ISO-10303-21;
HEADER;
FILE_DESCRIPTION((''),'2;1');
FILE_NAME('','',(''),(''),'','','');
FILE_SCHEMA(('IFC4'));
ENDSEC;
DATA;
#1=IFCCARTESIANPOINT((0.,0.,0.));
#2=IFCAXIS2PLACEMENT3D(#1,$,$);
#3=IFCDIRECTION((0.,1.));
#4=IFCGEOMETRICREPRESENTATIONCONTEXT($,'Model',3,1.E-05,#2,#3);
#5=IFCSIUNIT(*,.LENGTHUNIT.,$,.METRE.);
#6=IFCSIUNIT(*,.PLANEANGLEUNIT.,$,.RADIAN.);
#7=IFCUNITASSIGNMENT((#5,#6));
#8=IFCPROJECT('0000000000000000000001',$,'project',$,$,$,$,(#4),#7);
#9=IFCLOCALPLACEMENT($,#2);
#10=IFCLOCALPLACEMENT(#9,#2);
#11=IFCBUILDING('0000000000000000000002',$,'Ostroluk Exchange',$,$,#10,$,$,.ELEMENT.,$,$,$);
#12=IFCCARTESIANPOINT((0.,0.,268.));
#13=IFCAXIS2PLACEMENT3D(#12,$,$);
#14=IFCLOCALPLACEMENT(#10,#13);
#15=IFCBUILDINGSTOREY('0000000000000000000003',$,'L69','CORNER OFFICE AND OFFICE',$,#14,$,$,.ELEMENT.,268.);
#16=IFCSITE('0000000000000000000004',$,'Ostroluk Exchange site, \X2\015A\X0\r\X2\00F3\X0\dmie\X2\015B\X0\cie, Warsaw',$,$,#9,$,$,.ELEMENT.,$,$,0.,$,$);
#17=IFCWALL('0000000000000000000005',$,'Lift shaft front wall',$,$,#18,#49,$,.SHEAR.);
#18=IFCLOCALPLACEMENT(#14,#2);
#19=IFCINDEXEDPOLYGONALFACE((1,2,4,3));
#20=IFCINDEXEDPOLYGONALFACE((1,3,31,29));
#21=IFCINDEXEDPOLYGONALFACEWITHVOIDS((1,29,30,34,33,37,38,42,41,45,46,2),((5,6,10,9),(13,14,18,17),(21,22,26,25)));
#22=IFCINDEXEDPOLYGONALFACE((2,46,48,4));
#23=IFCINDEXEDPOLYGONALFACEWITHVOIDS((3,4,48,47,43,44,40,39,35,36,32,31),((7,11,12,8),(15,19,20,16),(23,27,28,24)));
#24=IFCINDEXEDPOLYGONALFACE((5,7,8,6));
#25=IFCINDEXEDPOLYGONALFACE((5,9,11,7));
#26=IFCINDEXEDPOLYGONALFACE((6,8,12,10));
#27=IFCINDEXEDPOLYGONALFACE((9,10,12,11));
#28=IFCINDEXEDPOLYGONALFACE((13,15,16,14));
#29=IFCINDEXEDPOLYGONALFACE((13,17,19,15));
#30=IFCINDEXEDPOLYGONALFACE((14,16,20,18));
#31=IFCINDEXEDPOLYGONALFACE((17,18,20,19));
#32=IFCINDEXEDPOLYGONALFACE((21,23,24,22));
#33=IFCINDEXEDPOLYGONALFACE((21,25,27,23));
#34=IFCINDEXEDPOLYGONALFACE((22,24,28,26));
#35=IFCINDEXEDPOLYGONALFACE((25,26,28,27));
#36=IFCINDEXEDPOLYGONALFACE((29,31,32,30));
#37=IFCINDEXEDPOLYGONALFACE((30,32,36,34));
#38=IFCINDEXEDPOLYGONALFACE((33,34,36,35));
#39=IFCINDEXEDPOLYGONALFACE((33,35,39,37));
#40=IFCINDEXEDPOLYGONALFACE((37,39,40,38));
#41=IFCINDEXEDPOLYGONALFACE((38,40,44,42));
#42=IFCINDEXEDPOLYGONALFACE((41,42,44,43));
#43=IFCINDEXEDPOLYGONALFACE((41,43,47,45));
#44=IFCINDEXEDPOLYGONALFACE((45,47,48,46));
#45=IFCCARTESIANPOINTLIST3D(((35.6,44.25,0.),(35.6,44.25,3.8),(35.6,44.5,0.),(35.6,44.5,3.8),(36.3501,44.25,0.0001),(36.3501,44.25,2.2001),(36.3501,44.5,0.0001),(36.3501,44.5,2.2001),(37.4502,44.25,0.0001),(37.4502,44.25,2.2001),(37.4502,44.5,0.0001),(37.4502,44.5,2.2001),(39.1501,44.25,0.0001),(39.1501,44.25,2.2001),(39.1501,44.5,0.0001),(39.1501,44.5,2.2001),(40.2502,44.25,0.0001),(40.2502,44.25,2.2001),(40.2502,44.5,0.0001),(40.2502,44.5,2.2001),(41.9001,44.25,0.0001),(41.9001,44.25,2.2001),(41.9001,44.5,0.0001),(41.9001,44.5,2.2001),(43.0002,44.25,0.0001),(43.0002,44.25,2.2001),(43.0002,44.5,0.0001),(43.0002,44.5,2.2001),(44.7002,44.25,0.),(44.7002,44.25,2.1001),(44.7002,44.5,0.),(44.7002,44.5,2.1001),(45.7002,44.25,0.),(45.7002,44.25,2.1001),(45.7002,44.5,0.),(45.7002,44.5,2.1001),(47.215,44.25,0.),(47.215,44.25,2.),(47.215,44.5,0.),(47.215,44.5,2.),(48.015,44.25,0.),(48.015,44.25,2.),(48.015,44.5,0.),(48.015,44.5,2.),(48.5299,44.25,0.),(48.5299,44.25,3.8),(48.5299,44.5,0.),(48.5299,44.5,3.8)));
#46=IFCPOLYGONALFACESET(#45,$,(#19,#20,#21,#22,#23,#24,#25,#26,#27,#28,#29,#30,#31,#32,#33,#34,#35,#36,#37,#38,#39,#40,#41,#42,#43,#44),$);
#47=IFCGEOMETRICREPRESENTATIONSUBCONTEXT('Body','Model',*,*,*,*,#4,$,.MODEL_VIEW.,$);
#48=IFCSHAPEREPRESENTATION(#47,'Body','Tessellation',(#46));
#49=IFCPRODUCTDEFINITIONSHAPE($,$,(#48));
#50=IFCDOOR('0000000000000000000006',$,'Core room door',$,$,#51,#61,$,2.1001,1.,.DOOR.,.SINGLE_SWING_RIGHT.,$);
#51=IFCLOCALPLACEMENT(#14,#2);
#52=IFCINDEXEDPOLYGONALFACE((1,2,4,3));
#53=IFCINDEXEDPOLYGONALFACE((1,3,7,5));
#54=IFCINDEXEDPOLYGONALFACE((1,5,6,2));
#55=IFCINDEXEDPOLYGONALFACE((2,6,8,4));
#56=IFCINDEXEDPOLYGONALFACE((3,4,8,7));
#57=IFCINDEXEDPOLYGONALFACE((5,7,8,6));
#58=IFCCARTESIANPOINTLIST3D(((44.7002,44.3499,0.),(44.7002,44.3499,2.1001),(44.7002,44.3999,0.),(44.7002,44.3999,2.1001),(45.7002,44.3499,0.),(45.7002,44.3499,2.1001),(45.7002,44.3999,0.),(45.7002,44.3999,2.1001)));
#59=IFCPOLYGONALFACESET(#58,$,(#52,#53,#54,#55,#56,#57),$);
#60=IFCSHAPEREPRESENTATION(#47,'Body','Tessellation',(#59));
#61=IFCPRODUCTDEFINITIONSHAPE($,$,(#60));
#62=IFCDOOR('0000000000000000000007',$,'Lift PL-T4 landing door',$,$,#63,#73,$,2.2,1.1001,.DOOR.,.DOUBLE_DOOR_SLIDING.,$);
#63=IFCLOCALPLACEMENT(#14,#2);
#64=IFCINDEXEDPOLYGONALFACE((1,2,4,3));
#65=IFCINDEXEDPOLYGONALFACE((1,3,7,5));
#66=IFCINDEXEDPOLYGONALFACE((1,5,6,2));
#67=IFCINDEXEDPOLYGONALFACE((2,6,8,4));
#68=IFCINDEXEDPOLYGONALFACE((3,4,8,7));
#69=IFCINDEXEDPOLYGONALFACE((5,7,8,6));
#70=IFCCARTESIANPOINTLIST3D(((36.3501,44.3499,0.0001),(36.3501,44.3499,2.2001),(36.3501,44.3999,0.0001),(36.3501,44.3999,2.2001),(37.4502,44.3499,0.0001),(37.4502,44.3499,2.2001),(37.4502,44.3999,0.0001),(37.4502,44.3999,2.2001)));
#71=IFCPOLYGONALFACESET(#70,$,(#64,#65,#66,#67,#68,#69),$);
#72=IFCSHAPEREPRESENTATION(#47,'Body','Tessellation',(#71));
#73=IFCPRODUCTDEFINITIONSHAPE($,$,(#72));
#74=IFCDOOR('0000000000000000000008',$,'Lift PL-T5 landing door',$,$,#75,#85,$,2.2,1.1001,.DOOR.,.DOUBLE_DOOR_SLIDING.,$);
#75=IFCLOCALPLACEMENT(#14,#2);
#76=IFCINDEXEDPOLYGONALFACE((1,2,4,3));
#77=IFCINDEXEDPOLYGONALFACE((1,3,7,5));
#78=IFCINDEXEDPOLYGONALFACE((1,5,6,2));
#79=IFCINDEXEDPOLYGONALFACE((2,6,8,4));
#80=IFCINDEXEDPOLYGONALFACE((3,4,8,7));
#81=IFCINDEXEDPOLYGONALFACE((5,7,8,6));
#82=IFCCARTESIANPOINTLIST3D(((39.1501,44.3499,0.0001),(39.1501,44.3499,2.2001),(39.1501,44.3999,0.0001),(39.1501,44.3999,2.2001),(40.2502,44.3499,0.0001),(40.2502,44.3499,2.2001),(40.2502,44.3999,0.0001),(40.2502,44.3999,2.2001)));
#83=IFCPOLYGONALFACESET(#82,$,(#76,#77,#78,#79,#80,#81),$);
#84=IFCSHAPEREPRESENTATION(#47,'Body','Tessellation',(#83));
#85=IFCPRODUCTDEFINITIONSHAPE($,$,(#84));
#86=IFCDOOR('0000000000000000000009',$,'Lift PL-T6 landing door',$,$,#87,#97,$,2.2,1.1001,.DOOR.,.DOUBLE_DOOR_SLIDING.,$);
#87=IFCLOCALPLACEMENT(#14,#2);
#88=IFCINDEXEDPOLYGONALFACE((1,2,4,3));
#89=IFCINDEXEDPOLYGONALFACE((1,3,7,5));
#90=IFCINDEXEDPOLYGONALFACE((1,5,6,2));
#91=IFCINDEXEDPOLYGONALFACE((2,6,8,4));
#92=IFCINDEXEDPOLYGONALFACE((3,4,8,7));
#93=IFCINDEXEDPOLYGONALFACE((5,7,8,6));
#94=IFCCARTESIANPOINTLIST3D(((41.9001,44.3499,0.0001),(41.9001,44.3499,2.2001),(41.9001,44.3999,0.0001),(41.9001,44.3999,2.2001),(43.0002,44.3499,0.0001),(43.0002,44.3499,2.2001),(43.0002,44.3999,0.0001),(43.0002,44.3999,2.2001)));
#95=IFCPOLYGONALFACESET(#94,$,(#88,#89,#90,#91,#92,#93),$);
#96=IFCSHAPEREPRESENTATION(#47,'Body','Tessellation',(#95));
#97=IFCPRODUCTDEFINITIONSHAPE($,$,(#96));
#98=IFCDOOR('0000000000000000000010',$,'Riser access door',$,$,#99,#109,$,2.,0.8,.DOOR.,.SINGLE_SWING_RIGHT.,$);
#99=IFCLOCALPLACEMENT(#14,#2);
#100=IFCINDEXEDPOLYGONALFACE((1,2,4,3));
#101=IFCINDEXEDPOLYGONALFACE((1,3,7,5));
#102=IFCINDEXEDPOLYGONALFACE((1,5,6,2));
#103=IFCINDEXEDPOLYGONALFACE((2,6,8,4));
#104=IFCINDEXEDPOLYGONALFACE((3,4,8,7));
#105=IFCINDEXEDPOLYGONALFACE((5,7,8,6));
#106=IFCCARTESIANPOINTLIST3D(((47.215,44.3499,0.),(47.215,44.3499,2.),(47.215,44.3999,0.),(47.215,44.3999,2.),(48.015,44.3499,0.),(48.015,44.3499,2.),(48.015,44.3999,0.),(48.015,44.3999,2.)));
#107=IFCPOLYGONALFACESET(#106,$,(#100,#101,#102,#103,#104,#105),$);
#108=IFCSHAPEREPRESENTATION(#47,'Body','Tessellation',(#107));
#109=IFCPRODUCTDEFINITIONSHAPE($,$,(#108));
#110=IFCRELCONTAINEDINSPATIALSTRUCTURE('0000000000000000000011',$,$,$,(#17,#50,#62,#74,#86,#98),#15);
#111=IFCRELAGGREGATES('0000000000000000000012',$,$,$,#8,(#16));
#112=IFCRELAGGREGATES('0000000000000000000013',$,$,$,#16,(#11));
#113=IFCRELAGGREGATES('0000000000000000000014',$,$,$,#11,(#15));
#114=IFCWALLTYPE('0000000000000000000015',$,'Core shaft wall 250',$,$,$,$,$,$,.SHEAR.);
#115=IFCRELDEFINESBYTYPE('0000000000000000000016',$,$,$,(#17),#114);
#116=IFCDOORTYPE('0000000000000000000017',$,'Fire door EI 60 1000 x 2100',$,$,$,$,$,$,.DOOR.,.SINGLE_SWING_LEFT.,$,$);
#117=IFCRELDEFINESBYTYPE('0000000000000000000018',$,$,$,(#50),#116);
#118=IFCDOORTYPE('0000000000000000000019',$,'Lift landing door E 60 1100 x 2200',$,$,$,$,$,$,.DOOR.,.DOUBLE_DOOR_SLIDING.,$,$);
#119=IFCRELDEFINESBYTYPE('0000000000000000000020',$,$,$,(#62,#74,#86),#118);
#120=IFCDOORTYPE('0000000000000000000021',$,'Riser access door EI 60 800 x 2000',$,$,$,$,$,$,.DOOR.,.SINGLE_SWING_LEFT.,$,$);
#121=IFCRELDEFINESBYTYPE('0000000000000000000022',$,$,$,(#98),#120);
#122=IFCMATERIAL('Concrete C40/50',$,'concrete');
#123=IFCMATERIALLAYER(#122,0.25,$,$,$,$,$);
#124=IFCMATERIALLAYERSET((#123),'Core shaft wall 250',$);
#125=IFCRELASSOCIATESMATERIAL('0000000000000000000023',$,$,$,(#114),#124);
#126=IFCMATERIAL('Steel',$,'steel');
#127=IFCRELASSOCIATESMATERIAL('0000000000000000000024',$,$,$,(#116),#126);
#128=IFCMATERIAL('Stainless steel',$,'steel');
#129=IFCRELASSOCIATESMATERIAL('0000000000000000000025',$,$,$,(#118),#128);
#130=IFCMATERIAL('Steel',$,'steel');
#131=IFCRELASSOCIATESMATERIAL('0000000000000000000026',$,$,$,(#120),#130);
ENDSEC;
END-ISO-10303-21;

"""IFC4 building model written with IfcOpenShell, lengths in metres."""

from ifc_helpers import new_model, si_unit, direction, frame, frame_2d, origin, place, context, subcontext, project, spatial, rectangle, extrude, material, layer, layer_set, type_object, element, fill, save


model = new_model("IFC4")

# Units and contexts
model_context = context("Model", 3, precision=1e-05, world=origin(), true_north=direction((0.0, 1.0)))
body_context = subcontext(model_context, "Body", "Model", "MODEL_VIEW")
ifc_project = project(units=[si_unit("LENGTHUNIT", "METRE"), si_unit("PLANEANGLEUNIT", "RADIAN")], contexts=[model_context])

# Site, building, storey
site_placement = place(None, origin())
site = spatial("IfcSite", under=ifc_project, at=site_placement, Name="Ostroluk Exchange site, Śródmieście, Warsaw", CompositionType="ELEMENT", RefElevation=0.0)
building_placement = place(site_placement, origin())
building = spatial("IfcBuilding", under=site, at=building_placement, Name="Ostroluk Exchange", CompositionType="ELEMENT")
storey_placement = place(building_placement, frame((0.0, 0.0, 268.0)))
storey = spatial("IfcBuildingStorey", under=building, at=storey_placement, Name="L69", Description="CORNER OFFICE AND OFFICE", CompositionType="ELEMENT", Elevation=268.0)

# Shared definitions
ifc_material_1 = material(Name="Concrete C40/50", Category="concrete")
ifc_layer = layer(ifc_material_1, 0.25)
ifc_layer_set = layer_set([ifc_layer], Name="Core shaft wall 250")
wall_type = type_object("IfcWallType", Name="Core shaft wall 250", PredefinedType="SHEAR", material=ifc_layer_set)

# Wall, openings, doors
ifc_material_2 = material(Name="Steel", Category="steel")
door_type_1 = type_object("IfcDoorType", Name="Fire door EI 60 1000 x 2100", OperationType="SINGLE_SWING_LEFT", PredefinedType="DOOR", material=ifc_material_2)
ifc_material_3 = material(Name="Stainless steel", Category="steel")
door_type_2 = type_object("IfcDoorType", Name="Lift landing door E 60 1100 x 2200", OperationType="DOUBLE_DOOR_SLIDING", PredefinedType="DOOR", material=ifc_material_3)
ifc_material_4 = material(Name="Steel", Category="steel")
door_type_3 = type_object("IfcDoorType", Name="Riser access door EI 60 800 x 2000", OperationType="SINGLE_SWING_LEFT", PredefinedType="DOOR", material=ifc_material_4)
wall_1_placement = place(storey_placement, frame((35.6001, 44.375, 0.0), z_axis=(0.0, 0.0, 1.0), x_axis=(1.0, 0.0, 0.0)))
wall_1 = element("IfcWall", 1, at=wall_1_placement, inside=storey, type_object=wall_type, Name="Lift shaft front wall", PredefinedType="SHEAR", context=body_context, shape_type="SweptSolid", body=[
    extrude(rectangle(XDim=12.9299, YDim=0.25, at=frame_2d((6.4648, 0.0))), origin(), (0.0, 0.0, 1.0), 3.8),
])
opening_1_placement = place(wall_1_placement, frame((0.75, 0.0, 0.0)))
opening_1 = element("IfcOpeningElement", 2, at=opening_1_placement, cuts=wall_1, PredefinedType="OPENING", context=body_context, shape_type="SweptSolid", body=[
    extrude(rectangle(XDim=1.1001, YDim=2.2, at=frame_2d((0.55, 1.1001))), frame((0.0, 0.135, 0.0), z_axis=(0.0, -1.0, 0.0), x_axis=(1.0, 0.0, 0.0)), (0.0, 0.0, 1.0), 0.27),
])
opening_2_placement = place(wall_1_placement, frame((3.55, 0.0, 0.0)))
opening_2 = element("IfcOpeningElement", 3, at=opening_2_placement, cuts=wall_1, PredefinedType="OPENING", context=body_context, shape_type="SweptSolid", body=[
    extrude(rectangle(XDim=1.1001, YDim=2.2, at=frame_2d((0.55, 1.1001))), frame((0.0, 0.135, 0.0), z_axis=(0.0, -1.0, 0.0), x_axis=(1.0, 0.0, 0.0)), (0.0, 0.0, 1.0), 0.27),
])
opening_3_placement = place(wall_1_placement, frame((6.3, 0.0, 0.0)))
opening_3 = element("IfcOpeningElement", 4, at=opening_3_placement, cuts=wall_1, PredefinedType="OPENING", context=body_context, shape_type="SweptSolid", body=[
    extrude(rectangle(XDim=1.1001, YDim=2.2, at=frame_2d((0.55, 1.1001))), frame((0.0, 0.135, 0.0), z_axis=(0.0, -1.0, 0.0), x_axis=(1.0, 0.0, 0.0)), (0.0, 0.0, 1.0), 0.27),
])
opening_4_placement = place(wall_1_placement, frame((9.1001, 0.0, 0.0)))
opening_4 = element("IfcOpeningElement", 5, at=opening_4_placement, cuts=wall_1, PredefinedType="OPENING", context=body_context, shape_type="SweptSolid", body=[
    extrude(rectangle(XDim=1.0, YDim=2.1001, at=frame_2d((0.5, 1.05))), frame((0.0, 0.135, 0.0), z_axis=(0.0, -1.0, 0.0), x_axis=(1.0, 0.0, 0.0)), (0.0, 0.0, 1.0), 0.27),
])
opening_5_placement = place(wall_1_placement, frame((11.615, 0.0, 0.0)))
opening_5 = element("IfcOpeningElement", 6, at=opening_5_placement, cuts=wall_1, PredefinedType="OPENING", context=body_context, shape_type="SweptSolid", body=[
    extrude(rectangle(XDim=0.8, YDim=2.0, at=frame_2d((0.3999, 1.0))), frame((0.0, 0.135, 0.0), z_axis=(0.0, -1.0, 0.0), x_axis=(1.0, 0.0, 0.0)), (0.0, 0.0, 1.0), 0.27),
])
door_1_placement = place(opening_4_placement, origin())
door_1 = element("IfcDoor", 7, at=door_1_placement, inside=storey, type_object=door_type_1, Name="Core room door", OperationType="SINGLE_SWING_RIGHT", OverallHeight=2.1001, OverallWidth=1.0, PredefinedType="DOOR", context=body_context, shape_type="SweptSolid", body=[
    extrude(rectangle(XDim=1.0, YDim=2.1001, at=frame_2d((0.5, 1.05))), frame((0.0, 0.0249, 0.0), z_axis=(0.0, -1.0, 0.0), x_axis=(1.0, 0.0, 0.0)), (0.0, 0.0, 1.0), 0.05),
])
fill(opening_4, door_1)
door_2_placement = place(opening_1_placement, origin())
door_2 = element("IfcDoor", 8, at=door_2_placement, inside=storey, type_object=door_type_2, Name="Lift PL-T4 landing door", OperationType="DOUBLE_DOOR_SLIDING", OverallHeight=2.2, OverallWidth=1.1001, PredefinedType="DOOR", context=body_context, shape_type="SweptSolid", body=[
    extrude(rectangle(XDim=1.1001, YDim=2.2, at=frame_2d((0.55, 1.1001))), frame((0.0, 0.0249, 0.0), z_axis=(0.0, -1.0, 0.0), x_axis=(1.0, 0.0, 0.0)), (0.0, 0.0, 1.0), 0.05),
])
fill(opening_1, door_2)
door_3_placement = place(opening_2_placement, origin())
door_3 = element("IfcDoor", 9, at=door_3_placement, inside=storey, type_object=door_type_2, Name="Lift PL-T5 landing door", OperationType="DOUBLE_DOOR_SLIDING", OverallHeight=2.2, OverallWidth=1.1001, PredefinedType="DOOR", context=body_context, shape_type="SweptSolid", body=[
    extrude(rectangle(XDim=1.1001, YDim=2.2, at=frame_2d((0.55, 1.1001))), frame((0.0, 0.0249, 0.0), z_axis=(0.0, -1.0, 0.0), x_axis=(1.0, 0.0, 0.0)), (0.0, 0.0, 1.0), 0.05),
])
fill(opening_2, door_3)
door_4_placement = place(opening_3_placement, origin())
door_4 = element("IfcDoor", 10, at=door_4_placement, inside=storey, type_object=door_type_2, Name="Lift PL-T6 landing door", OperationType="DOUBLE_DOOR_SLIDING", OverallHeight=2.2, OverallWidth=1.1001, PredefinedType="DOOR", context=body_context, shape_type="SweptSolid", body=[
    extrude(rectangle(XDim=1.1001, YDim=2.2, at=frame_2d((0.55, 1.1001))), frame((0.0, 0.0249, 0.0), z_axis=(0.0, -1.0, 0.0), x_axis=(1.0, 0.0, 0.0)), (0.0, 0.0, 1.0), 0.05),
])
fill(opening_3, door_4)
door_5_placement = place(opening_5_placement, origin())
door_5 = element("IfcDoor", 11, at=door_5_placement, inside=storey, type_object=door_type_3, Name="Riser access door", OperationType="SINGLE_SWING_RIGHT", OverallHeight=2.0, OverallWidth=0.8, PredefinedType="DOOR", context=body_context, shape_type="SweptSolid", body=[
    extrude(rectangle(XDim=0.8, YDim=2.0, at=frame_2d((0.3999, 1.0))), frame((0.0, 0.0249, 0.0), z_axis=(0.0, -1.0, 0.0), x_axis=(1.0, 0.0, 0.0)), (0.0, 0.0, 1.0), 0.05),
])
fill(opening_5, door_5)

save(model, "model.ifc")
